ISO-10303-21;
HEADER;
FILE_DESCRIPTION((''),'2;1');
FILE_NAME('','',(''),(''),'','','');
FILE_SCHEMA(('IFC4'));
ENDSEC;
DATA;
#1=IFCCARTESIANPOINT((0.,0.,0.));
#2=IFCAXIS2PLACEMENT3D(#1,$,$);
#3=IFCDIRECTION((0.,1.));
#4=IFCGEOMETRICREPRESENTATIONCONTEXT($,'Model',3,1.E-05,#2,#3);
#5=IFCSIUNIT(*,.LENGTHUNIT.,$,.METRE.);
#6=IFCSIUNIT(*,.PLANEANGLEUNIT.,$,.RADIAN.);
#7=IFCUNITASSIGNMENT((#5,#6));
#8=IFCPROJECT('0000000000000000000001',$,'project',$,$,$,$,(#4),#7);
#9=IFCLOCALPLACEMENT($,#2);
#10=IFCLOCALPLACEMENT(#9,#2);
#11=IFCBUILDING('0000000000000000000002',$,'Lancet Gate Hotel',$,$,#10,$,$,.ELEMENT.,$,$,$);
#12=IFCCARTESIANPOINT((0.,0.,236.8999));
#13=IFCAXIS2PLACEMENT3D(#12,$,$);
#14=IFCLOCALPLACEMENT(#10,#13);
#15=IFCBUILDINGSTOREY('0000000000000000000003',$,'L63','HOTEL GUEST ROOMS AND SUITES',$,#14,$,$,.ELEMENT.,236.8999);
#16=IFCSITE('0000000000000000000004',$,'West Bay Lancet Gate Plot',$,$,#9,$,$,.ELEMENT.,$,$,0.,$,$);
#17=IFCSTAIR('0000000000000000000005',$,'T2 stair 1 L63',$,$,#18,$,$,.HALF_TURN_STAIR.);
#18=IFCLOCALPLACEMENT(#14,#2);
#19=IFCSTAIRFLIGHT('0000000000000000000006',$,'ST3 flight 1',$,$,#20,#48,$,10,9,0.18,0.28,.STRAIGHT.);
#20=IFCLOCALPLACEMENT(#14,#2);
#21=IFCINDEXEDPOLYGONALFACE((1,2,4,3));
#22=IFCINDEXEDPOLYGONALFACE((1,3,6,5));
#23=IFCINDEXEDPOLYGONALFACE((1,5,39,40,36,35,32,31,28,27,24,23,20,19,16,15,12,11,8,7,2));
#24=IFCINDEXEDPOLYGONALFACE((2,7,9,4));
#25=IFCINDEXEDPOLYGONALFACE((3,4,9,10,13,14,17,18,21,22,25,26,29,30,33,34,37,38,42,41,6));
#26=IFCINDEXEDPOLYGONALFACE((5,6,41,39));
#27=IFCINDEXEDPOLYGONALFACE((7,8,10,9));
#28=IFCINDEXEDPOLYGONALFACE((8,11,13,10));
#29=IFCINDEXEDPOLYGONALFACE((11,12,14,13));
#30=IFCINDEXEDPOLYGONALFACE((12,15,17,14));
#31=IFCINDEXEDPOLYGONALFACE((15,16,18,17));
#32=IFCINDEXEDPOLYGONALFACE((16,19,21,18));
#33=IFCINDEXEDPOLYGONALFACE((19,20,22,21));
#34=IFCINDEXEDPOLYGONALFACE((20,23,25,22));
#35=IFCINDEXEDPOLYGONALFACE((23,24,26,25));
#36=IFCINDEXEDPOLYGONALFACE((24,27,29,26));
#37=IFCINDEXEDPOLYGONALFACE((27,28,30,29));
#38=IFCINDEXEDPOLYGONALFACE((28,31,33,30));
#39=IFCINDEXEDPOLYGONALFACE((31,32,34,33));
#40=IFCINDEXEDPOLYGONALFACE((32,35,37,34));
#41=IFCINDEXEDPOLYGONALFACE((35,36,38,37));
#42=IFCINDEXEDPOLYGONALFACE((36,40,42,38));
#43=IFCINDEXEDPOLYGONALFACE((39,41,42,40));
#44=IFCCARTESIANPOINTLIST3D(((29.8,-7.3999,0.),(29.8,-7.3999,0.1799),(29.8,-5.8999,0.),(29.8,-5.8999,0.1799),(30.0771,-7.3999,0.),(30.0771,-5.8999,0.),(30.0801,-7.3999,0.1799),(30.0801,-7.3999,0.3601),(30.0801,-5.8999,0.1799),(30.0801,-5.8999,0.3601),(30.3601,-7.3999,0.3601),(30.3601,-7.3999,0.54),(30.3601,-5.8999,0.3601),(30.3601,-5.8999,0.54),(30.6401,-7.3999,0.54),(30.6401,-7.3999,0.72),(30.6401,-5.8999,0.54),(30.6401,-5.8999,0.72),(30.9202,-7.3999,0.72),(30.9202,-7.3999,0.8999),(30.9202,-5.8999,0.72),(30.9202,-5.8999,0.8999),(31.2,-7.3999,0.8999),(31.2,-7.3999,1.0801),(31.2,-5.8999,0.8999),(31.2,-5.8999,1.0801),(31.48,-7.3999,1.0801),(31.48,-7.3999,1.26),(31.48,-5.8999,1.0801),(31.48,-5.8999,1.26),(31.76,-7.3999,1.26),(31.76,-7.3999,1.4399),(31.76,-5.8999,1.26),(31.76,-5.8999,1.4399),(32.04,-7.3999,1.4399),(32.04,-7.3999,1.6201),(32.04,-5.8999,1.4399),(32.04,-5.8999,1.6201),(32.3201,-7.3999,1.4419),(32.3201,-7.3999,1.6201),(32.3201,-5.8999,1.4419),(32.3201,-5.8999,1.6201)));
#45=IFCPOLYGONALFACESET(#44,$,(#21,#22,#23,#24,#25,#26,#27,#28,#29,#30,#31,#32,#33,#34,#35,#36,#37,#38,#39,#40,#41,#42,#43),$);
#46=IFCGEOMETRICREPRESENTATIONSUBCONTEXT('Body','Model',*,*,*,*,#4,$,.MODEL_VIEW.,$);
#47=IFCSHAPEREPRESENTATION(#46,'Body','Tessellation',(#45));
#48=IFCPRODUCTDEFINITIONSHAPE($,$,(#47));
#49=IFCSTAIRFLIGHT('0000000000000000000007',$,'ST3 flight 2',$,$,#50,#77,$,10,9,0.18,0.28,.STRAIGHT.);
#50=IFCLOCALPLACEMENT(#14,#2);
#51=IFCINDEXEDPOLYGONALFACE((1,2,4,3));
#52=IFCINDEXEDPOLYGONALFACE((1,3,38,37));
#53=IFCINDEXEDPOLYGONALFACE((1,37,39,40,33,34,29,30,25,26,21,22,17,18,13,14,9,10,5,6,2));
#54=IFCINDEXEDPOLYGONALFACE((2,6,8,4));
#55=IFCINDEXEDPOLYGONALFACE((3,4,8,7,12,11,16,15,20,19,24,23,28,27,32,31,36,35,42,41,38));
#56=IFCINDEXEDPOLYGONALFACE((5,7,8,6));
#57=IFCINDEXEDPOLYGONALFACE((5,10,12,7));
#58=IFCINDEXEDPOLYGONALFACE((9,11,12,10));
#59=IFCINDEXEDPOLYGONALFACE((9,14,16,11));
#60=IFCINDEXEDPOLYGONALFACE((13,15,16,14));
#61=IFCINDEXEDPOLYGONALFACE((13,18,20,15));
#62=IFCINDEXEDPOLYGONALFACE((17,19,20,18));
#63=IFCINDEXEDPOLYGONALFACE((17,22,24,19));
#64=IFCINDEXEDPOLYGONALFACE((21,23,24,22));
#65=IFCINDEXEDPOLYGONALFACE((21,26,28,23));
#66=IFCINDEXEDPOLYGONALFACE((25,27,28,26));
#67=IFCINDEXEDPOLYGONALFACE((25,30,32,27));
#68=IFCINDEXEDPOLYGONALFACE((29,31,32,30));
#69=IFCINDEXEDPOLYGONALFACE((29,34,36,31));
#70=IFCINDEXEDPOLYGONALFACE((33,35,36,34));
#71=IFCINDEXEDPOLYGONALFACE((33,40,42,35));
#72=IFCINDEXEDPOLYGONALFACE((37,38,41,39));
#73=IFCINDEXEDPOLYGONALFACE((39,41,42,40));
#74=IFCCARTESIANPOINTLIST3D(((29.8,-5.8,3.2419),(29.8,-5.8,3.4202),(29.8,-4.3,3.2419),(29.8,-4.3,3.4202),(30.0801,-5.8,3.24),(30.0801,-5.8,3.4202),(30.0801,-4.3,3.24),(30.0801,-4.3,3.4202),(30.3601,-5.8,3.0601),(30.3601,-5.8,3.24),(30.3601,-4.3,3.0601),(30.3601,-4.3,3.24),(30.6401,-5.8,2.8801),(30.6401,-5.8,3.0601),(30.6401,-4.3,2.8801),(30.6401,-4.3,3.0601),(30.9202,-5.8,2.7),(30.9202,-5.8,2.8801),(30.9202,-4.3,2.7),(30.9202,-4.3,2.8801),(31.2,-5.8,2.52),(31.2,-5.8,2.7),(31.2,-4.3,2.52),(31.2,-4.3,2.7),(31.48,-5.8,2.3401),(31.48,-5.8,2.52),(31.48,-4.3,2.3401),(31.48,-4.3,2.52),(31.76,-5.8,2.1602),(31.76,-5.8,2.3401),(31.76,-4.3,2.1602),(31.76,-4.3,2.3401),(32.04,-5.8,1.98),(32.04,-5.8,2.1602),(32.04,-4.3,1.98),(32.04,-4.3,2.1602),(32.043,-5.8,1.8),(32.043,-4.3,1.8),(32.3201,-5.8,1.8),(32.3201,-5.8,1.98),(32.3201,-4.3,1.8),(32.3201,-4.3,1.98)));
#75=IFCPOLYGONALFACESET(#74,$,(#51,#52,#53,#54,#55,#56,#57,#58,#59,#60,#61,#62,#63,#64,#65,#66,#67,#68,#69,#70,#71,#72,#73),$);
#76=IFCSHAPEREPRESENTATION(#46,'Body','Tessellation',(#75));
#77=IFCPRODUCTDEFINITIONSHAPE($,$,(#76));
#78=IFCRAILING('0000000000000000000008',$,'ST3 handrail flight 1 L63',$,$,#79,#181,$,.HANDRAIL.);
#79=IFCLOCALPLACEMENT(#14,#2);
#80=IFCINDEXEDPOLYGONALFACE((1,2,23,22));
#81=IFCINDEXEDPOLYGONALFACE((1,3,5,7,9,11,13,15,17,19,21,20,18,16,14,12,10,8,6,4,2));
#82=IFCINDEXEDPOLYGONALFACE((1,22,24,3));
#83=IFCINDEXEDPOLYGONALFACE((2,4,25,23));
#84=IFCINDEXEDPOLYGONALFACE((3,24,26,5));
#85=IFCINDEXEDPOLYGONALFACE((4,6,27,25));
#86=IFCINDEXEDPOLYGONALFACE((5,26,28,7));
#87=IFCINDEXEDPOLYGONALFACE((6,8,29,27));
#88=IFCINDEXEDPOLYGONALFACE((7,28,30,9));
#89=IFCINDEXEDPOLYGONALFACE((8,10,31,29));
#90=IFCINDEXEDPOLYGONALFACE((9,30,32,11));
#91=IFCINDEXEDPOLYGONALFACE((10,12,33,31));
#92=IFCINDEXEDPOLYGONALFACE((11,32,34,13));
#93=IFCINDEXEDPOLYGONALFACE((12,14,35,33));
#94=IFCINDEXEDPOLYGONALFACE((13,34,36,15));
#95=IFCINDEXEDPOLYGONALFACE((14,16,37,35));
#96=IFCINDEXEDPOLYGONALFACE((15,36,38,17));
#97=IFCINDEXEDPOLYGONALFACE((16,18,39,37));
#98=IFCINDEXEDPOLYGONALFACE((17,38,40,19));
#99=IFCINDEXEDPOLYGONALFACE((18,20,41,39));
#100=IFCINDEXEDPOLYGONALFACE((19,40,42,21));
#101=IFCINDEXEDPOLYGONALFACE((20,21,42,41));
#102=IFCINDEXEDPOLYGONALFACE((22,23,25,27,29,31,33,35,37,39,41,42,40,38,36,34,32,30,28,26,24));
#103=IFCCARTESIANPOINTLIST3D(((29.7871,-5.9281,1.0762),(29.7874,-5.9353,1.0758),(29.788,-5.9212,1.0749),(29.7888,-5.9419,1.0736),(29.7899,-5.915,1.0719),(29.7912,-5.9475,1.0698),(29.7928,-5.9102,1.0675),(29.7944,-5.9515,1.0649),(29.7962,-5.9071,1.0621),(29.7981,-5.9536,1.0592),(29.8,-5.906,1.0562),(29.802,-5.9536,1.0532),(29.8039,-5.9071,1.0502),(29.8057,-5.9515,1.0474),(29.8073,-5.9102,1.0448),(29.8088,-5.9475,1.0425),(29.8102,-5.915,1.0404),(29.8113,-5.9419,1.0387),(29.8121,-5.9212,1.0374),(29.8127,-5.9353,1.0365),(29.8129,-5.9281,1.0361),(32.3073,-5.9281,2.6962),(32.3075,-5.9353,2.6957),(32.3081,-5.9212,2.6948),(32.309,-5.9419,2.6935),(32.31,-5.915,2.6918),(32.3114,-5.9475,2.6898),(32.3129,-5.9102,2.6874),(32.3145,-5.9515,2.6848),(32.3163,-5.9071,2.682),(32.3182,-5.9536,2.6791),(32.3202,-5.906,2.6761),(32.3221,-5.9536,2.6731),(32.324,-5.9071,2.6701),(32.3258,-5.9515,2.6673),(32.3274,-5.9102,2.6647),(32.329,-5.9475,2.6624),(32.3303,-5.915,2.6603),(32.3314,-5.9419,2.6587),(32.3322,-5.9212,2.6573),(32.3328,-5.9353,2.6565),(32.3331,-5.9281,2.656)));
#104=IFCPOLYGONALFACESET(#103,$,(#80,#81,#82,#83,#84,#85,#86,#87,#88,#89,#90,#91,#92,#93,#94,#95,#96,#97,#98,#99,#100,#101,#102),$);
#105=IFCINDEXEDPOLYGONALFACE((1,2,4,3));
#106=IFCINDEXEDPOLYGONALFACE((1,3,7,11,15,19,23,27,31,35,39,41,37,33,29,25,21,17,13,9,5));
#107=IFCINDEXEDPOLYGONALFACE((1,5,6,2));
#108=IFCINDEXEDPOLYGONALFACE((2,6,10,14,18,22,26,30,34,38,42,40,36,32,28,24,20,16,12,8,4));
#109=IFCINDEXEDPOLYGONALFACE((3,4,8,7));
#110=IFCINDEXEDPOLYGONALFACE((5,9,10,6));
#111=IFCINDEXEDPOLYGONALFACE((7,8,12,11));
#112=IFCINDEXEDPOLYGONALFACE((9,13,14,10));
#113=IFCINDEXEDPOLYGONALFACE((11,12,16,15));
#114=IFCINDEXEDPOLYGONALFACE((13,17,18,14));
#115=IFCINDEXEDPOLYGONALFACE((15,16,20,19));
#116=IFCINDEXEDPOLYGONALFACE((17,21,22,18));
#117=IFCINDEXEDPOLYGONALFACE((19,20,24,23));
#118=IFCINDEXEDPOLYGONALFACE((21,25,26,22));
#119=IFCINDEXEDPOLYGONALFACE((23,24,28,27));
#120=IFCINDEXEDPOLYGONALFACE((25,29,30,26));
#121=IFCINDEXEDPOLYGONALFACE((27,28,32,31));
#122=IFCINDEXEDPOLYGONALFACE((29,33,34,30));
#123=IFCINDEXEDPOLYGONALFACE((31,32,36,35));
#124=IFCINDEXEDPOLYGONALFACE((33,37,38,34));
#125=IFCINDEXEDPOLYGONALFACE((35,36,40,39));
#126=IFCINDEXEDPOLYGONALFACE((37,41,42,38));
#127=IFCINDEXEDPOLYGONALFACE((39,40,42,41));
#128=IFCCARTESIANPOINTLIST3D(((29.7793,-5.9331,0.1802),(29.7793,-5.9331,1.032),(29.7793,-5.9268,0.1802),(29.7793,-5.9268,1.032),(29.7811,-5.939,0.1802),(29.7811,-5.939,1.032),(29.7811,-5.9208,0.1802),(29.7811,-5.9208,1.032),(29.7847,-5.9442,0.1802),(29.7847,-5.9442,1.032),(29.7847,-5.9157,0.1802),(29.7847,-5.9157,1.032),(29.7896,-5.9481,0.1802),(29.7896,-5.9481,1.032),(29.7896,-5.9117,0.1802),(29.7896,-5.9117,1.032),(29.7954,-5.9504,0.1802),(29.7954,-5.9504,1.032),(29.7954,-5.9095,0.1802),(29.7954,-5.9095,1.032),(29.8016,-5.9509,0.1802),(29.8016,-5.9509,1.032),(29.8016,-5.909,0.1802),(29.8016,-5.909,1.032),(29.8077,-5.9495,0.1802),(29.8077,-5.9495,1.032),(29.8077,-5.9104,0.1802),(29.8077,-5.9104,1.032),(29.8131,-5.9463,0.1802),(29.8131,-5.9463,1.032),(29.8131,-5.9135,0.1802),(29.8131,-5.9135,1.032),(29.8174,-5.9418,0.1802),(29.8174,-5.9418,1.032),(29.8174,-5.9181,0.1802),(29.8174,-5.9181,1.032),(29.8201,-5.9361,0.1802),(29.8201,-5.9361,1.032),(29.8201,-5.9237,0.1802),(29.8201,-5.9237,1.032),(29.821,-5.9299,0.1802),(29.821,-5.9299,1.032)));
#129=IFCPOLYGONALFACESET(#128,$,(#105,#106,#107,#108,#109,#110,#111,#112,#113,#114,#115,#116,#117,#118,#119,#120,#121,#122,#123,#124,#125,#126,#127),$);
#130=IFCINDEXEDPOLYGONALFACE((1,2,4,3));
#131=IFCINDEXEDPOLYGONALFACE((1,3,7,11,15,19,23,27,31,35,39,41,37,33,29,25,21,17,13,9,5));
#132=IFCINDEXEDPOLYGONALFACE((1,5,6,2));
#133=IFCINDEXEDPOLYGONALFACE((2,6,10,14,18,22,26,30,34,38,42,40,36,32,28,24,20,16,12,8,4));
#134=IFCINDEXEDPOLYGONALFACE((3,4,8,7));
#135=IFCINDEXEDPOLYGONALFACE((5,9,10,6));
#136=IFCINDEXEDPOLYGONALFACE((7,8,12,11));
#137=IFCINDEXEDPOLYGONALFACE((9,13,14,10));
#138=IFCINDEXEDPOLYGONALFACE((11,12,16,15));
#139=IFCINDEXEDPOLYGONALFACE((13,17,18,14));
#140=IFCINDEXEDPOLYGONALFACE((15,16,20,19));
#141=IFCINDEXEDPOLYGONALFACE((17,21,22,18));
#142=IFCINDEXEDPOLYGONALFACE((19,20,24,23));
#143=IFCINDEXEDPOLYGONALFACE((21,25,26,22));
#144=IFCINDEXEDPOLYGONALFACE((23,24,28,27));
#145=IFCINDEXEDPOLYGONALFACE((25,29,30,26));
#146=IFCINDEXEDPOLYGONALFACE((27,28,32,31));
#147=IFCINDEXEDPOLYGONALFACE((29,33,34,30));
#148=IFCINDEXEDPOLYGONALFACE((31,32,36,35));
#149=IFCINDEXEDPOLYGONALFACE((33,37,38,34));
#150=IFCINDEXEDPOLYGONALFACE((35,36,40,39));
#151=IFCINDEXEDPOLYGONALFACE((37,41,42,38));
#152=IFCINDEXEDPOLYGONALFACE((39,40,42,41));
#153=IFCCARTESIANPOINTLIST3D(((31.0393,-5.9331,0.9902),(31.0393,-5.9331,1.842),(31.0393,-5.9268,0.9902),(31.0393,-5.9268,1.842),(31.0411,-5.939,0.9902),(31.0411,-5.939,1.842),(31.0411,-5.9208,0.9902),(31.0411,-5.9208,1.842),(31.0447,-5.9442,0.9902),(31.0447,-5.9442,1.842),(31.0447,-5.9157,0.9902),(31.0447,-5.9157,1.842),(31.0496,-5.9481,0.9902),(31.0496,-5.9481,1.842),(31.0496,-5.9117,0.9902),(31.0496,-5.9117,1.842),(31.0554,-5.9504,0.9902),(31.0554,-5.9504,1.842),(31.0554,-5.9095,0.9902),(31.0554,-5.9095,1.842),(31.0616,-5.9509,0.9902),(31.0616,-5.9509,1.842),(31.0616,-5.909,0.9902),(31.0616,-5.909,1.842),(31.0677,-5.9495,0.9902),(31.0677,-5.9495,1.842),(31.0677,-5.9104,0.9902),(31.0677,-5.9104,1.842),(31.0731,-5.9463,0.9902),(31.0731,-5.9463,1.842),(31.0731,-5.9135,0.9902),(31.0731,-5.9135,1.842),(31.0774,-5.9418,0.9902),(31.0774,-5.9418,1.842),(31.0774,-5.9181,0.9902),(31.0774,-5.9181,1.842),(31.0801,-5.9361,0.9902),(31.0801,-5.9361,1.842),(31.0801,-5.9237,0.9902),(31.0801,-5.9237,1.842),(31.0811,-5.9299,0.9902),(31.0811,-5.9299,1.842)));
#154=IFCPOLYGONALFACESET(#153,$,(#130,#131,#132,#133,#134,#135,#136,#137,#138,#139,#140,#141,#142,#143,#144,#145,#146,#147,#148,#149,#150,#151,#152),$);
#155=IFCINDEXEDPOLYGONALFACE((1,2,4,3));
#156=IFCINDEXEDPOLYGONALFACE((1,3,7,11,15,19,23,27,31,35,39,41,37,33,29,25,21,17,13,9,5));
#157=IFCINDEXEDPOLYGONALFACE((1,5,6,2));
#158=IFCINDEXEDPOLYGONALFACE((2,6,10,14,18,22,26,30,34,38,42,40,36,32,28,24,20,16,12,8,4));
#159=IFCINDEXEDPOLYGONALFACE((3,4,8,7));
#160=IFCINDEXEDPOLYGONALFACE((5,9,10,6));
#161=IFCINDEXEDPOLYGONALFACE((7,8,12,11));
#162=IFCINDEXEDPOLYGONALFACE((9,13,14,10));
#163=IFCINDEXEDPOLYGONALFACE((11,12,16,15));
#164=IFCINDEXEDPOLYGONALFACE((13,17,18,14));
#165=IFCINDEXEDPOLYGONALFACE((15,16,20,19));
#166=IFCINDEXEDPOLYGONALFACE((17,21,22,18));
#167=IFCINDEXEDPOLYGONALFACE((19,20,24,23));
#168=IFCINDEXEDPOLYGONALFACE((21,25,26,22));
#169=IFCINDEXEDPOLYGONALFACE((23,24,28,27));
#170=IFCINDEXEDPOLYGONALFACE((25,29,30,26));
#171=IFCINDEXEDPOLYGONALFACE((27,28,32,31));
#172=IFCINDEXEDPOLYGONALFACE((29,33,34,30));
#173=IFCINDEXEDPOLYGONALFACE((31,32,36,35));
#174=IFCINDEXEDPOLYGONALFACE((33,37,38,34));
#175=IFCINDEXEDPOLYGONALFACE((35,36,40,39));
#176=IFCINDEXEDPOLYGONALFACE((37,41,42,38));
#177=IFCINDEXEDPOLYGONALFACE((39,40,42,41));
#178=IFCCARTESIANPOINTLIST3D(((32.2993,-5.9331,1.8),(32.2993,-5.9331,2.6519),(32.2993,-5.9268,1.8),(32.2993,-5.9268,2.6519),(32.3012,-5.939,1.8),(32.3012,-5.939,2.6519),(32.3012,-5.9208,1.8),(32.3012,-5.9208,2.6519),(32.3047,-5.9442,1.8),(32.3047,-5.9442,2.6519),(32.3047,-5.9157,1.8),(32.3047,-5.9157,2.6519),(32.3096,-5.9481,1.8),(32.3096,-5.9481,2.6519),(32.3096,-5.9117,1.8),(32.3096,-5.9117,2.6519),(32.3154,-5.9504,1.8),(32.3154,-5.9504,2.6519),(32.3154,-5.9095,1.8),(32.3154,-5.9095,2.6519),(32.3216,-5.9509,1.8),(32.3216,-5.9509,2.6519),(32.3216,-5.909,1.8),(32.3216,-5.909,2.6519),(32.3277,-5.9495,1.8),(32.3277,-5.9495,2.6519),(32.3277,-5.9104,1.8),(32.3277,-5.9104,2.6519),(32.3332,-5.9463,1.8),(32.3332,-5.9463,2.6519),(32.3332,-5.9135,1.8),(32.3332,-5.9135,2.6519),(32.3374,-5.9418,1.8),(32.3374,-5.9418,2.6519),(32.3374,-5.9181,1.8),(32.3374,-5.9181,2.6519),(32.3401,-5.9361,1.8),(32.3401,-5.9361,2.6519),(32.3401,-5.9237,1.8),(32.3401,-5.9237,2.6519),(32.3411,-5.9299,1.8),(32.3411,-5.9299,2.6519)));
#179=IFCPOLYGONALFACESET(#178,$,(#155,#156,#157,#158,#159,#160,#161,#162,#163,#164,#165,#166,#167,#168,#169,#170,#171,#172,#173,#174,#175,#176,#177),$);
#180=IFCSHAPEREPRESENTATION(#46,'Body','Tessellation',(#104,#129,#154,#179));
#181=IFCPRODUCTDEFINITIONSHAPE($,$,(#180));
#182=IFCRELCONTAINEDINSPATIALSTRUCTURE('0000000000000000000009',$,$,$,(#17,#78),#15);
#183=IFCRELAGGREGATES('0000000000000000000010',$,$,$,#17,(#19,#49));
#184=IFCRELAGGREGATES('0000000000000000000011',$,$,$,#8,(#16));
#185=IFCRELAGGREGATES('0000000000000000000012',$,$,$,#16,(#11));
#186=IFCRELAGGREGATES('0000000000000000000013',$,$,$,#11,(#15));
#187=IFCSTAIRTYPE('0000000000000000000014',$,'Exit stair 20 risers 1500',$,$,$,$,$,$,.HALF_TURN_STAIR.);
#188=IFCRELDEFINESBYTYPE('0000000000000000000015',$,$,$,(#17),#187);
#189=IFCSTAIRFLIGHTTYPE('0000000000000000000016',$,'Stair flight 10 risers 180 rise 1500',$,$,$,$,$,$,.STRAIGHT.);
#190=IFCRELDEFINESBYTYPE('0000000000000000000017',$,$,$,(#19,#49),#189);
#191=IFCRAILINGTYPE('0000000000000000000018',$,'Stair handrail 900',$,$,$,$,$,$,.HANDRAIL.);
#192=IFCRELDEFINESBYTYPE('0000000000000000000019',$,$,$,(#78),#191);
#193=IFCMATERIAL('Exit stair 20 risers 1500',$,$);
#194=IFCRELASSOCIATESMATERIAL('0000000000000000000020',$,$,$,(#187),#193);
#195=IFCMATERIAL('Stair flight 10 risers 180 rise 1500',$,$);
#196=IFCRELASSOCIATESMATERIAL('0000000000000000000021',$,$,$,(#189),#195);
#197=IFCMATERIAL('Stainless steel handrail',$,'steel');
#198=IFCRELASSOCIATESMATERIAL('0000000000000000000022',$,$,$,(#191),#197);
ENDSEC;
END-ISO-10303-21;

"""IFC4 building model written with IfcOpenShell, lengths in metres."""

from ifc_helpers import new_model, si_unit, direction, frame, origin, origin_2d, place, context, subcontext, project, spatial, polyline, circle, outline, extrude, material, type_object, element, aggregate, save


model = new_model("IFC4")

# Units and contexts
model_context = context("Model", 3, precision=1e-05, world=origin(), true_north=direction((0.0, 1.0)))
body_context = subcontext(model_context, "Body", "Model", "MODEL_VIEW")
ifc_project = project(units=[si_unit("LENGTHUNIT", "METRE"), si_unit("PLANEANGLEUNIT", "RADIAN")], contexts=[model_context])

# Site, building, storey
site_placement = place(None, origin())
site = spatial("IfcSite", under=ifc_project, at=site_placement, Name="West Bay Lancet Gate Plot", CompositionType="ELEMENT", RefElevation=0.0)
building_placement = place(site_placement, origin())
building = spatial("IfcBuilding", under=site, at=building_placement, Name="Lancet Gate Hotel", CompositionType="ELEMENT")
storey_placement = place(building_placement, frame((0.0, 0.0, 236.8999)))
storey = spatial("IfcBuildingStorey", under=building, at=storey_placement, Name="L63", Description="HOTEL GUEST ROOMS AND SUITES", CompositionType="ELEMENT", Elevation=236.8999)

# Stair, stair flights
ifc_material_1 = material(Name="Exit stair 20 risers 1500")
stair_type = type_object("IfcStairType", Name="Exit stair 20 risers 1500", PredefinedType="HALF_TURN_STAIR", material=ifc_material_1)
stair_placement = place(storey_placement, origin())
stair = element("IfcStair", 1, at=stair_placement, inside=storey, type_object=stair_type, Name="T2 stair 1 L63", PredefinedType="HALF_TURN_STAIR")
ifc_material_2 = material(Name="Stair flight 10 risers 180 rise 1500")
stair_flight_type = type_object("IfcStairFlightType", Name="Stair flight 10 risers 180 rise 1500", PredefinedType="STRAIGHT", material=ifc_material_2)
stair_flight_1_placement = place(storey_placement, frame((29.8, -6.6499, 0.0), z_axis=(0.0, 0.0, 1.0), x_axis=(1.0, 0.0, 0.0)))
stair_flight_1 = element("IfcStairFlight", 2, at=stair_flight_1_placement, type_object=stair_flight_type, Name="ST3 flight 1", NumberOfRisers=10, NumberOfTreads=9, PredefinedType="STRAIGHT", RiserHeight=0.18, TreadLength=0.28, context=body_context, shape_type="SweptSolid", body=[
    extrude(outline(polyline([(0.0, 0.0), (0.0, 0.1799), (0.28, 0.1799), (0.28, 0.3601), (0.5601, 0.3601), (0.5601, 0.54), (0.8401, 0.54), (0.8401, 0.72), (1.1201, 0.72), (1.1201, 0.8999), (1.3999, 0.8999), (1.3999, 1.0801), (1.6799, 1.0801), (1.6799, 1.26), (1.96, 1.26), (1.96, 1.4399), (2.24, 1.4399), (2.24, 1.6201), (2.52, 1.6201), (2.52, 1.8), (2.52, 1.4419), (0.2771, 0.0), (0.0, 0.0)])), frame((0.0, 0.75, 0.0), z_axis=(0.0, -1.0, 0.0), x_axis=(1.0, 0.0, 0.0)), (0.0, 0.0, 1.0), 1.5),
])
stair_flight_2_placement = place(storey_placement, frame((32.3201, -5.05, 1.8), z_axis=(0.0, 0.0, 1.0), x_axis=(-1.0, 0.0, 0.0)))
stair_flight_2 = element("IfcStairFlight", 3, at=stair_flight_2_placement, type_object=stair_flight_type, Name="ST3 flight 2", NumberOfRisers=10, NumberOfTreads=9, PredefinedType="STRAIGHT", RiserHeight=0.18, TreadLength=0.28, context=body_context, shape_type="SweptSolid", body=[
    extrude(outline(polyline([(0.0, 0.0), (0.0, 0.1799), (0.28, 0.1799), (0.28, 0.3601), (0.5601, 0.3601), (0.5601, 0.54), (0.8401, 0.54), (0.8401, 0.72), (1.1201, 0.72), (1.1201, 0.8999), (1.3999, 0.8999), (1.3999, 1.0801), (1.6799, 1.0801), (1.6799, 1.26), (1.96, 1.26), (1.96, 1.4399), (2.24, 1.4399), (2.24, 1.6201), (2.52, 1.6201), (2.52, 1.8), (2.52, 1.4419), (0.2771, 0.0), (0.0, 0.0)])), frame((0.0, 0.75, 0.0), z_axis=(0.0, -1.0, 0.0), x_axis=(1.0, 0.0, 0.0)), (0.0, 0.0, 1.0), 1.5),
])
aggregate(stair, [stair_flight_1, stair_flight_2])

# Railing
ifc_material_3 = material(Name="Stainless steel handrail", Category="steel")
railing_type = type_object("IfcRailingType", Name="Stair handrail 900", PredefinedType="HANDRAIL", material=ifc_material_3)
railing_1_placement = place(storey_placement, frame((29.8, -5.9299, 0.1802)))
element("IfcRailing", 4, at=railing_1_placement, inside=storey, type_object=railing_type, Name="ST3 handrail flight 1 L63", PredefinedType="HANDRAIL", context=body_context, shape_type="SweptSolid", body=[
    extrude(circle(Radius=0.0239, at=origin_2d()), frame((0.0, 0.0, 0.876), z_axis=(0.8412, 0.0, 0.540725), x_axis=(0.0, 1.0, 0.0)), (0.0, 0.0, 1.0), 2.9958),
    extrude(circle(Radius=0.021, at=origin_2d()), origin(), (0.0, 0.0, 1.0), 0.8518),
    extrude(circle(Radius=0.021, at=origin_2d()), frame((1.26, 0.0, 0.8101)), (0.0, 0.0, 1.0), 0.8518),
    extrude(circle(Radius=0.021, at=origin_2d()), frame((2.52, 0.0, 1.6199)), (0.0, 0.0, 1.0), 0.8518),
])

save(model, "model.ifc")
